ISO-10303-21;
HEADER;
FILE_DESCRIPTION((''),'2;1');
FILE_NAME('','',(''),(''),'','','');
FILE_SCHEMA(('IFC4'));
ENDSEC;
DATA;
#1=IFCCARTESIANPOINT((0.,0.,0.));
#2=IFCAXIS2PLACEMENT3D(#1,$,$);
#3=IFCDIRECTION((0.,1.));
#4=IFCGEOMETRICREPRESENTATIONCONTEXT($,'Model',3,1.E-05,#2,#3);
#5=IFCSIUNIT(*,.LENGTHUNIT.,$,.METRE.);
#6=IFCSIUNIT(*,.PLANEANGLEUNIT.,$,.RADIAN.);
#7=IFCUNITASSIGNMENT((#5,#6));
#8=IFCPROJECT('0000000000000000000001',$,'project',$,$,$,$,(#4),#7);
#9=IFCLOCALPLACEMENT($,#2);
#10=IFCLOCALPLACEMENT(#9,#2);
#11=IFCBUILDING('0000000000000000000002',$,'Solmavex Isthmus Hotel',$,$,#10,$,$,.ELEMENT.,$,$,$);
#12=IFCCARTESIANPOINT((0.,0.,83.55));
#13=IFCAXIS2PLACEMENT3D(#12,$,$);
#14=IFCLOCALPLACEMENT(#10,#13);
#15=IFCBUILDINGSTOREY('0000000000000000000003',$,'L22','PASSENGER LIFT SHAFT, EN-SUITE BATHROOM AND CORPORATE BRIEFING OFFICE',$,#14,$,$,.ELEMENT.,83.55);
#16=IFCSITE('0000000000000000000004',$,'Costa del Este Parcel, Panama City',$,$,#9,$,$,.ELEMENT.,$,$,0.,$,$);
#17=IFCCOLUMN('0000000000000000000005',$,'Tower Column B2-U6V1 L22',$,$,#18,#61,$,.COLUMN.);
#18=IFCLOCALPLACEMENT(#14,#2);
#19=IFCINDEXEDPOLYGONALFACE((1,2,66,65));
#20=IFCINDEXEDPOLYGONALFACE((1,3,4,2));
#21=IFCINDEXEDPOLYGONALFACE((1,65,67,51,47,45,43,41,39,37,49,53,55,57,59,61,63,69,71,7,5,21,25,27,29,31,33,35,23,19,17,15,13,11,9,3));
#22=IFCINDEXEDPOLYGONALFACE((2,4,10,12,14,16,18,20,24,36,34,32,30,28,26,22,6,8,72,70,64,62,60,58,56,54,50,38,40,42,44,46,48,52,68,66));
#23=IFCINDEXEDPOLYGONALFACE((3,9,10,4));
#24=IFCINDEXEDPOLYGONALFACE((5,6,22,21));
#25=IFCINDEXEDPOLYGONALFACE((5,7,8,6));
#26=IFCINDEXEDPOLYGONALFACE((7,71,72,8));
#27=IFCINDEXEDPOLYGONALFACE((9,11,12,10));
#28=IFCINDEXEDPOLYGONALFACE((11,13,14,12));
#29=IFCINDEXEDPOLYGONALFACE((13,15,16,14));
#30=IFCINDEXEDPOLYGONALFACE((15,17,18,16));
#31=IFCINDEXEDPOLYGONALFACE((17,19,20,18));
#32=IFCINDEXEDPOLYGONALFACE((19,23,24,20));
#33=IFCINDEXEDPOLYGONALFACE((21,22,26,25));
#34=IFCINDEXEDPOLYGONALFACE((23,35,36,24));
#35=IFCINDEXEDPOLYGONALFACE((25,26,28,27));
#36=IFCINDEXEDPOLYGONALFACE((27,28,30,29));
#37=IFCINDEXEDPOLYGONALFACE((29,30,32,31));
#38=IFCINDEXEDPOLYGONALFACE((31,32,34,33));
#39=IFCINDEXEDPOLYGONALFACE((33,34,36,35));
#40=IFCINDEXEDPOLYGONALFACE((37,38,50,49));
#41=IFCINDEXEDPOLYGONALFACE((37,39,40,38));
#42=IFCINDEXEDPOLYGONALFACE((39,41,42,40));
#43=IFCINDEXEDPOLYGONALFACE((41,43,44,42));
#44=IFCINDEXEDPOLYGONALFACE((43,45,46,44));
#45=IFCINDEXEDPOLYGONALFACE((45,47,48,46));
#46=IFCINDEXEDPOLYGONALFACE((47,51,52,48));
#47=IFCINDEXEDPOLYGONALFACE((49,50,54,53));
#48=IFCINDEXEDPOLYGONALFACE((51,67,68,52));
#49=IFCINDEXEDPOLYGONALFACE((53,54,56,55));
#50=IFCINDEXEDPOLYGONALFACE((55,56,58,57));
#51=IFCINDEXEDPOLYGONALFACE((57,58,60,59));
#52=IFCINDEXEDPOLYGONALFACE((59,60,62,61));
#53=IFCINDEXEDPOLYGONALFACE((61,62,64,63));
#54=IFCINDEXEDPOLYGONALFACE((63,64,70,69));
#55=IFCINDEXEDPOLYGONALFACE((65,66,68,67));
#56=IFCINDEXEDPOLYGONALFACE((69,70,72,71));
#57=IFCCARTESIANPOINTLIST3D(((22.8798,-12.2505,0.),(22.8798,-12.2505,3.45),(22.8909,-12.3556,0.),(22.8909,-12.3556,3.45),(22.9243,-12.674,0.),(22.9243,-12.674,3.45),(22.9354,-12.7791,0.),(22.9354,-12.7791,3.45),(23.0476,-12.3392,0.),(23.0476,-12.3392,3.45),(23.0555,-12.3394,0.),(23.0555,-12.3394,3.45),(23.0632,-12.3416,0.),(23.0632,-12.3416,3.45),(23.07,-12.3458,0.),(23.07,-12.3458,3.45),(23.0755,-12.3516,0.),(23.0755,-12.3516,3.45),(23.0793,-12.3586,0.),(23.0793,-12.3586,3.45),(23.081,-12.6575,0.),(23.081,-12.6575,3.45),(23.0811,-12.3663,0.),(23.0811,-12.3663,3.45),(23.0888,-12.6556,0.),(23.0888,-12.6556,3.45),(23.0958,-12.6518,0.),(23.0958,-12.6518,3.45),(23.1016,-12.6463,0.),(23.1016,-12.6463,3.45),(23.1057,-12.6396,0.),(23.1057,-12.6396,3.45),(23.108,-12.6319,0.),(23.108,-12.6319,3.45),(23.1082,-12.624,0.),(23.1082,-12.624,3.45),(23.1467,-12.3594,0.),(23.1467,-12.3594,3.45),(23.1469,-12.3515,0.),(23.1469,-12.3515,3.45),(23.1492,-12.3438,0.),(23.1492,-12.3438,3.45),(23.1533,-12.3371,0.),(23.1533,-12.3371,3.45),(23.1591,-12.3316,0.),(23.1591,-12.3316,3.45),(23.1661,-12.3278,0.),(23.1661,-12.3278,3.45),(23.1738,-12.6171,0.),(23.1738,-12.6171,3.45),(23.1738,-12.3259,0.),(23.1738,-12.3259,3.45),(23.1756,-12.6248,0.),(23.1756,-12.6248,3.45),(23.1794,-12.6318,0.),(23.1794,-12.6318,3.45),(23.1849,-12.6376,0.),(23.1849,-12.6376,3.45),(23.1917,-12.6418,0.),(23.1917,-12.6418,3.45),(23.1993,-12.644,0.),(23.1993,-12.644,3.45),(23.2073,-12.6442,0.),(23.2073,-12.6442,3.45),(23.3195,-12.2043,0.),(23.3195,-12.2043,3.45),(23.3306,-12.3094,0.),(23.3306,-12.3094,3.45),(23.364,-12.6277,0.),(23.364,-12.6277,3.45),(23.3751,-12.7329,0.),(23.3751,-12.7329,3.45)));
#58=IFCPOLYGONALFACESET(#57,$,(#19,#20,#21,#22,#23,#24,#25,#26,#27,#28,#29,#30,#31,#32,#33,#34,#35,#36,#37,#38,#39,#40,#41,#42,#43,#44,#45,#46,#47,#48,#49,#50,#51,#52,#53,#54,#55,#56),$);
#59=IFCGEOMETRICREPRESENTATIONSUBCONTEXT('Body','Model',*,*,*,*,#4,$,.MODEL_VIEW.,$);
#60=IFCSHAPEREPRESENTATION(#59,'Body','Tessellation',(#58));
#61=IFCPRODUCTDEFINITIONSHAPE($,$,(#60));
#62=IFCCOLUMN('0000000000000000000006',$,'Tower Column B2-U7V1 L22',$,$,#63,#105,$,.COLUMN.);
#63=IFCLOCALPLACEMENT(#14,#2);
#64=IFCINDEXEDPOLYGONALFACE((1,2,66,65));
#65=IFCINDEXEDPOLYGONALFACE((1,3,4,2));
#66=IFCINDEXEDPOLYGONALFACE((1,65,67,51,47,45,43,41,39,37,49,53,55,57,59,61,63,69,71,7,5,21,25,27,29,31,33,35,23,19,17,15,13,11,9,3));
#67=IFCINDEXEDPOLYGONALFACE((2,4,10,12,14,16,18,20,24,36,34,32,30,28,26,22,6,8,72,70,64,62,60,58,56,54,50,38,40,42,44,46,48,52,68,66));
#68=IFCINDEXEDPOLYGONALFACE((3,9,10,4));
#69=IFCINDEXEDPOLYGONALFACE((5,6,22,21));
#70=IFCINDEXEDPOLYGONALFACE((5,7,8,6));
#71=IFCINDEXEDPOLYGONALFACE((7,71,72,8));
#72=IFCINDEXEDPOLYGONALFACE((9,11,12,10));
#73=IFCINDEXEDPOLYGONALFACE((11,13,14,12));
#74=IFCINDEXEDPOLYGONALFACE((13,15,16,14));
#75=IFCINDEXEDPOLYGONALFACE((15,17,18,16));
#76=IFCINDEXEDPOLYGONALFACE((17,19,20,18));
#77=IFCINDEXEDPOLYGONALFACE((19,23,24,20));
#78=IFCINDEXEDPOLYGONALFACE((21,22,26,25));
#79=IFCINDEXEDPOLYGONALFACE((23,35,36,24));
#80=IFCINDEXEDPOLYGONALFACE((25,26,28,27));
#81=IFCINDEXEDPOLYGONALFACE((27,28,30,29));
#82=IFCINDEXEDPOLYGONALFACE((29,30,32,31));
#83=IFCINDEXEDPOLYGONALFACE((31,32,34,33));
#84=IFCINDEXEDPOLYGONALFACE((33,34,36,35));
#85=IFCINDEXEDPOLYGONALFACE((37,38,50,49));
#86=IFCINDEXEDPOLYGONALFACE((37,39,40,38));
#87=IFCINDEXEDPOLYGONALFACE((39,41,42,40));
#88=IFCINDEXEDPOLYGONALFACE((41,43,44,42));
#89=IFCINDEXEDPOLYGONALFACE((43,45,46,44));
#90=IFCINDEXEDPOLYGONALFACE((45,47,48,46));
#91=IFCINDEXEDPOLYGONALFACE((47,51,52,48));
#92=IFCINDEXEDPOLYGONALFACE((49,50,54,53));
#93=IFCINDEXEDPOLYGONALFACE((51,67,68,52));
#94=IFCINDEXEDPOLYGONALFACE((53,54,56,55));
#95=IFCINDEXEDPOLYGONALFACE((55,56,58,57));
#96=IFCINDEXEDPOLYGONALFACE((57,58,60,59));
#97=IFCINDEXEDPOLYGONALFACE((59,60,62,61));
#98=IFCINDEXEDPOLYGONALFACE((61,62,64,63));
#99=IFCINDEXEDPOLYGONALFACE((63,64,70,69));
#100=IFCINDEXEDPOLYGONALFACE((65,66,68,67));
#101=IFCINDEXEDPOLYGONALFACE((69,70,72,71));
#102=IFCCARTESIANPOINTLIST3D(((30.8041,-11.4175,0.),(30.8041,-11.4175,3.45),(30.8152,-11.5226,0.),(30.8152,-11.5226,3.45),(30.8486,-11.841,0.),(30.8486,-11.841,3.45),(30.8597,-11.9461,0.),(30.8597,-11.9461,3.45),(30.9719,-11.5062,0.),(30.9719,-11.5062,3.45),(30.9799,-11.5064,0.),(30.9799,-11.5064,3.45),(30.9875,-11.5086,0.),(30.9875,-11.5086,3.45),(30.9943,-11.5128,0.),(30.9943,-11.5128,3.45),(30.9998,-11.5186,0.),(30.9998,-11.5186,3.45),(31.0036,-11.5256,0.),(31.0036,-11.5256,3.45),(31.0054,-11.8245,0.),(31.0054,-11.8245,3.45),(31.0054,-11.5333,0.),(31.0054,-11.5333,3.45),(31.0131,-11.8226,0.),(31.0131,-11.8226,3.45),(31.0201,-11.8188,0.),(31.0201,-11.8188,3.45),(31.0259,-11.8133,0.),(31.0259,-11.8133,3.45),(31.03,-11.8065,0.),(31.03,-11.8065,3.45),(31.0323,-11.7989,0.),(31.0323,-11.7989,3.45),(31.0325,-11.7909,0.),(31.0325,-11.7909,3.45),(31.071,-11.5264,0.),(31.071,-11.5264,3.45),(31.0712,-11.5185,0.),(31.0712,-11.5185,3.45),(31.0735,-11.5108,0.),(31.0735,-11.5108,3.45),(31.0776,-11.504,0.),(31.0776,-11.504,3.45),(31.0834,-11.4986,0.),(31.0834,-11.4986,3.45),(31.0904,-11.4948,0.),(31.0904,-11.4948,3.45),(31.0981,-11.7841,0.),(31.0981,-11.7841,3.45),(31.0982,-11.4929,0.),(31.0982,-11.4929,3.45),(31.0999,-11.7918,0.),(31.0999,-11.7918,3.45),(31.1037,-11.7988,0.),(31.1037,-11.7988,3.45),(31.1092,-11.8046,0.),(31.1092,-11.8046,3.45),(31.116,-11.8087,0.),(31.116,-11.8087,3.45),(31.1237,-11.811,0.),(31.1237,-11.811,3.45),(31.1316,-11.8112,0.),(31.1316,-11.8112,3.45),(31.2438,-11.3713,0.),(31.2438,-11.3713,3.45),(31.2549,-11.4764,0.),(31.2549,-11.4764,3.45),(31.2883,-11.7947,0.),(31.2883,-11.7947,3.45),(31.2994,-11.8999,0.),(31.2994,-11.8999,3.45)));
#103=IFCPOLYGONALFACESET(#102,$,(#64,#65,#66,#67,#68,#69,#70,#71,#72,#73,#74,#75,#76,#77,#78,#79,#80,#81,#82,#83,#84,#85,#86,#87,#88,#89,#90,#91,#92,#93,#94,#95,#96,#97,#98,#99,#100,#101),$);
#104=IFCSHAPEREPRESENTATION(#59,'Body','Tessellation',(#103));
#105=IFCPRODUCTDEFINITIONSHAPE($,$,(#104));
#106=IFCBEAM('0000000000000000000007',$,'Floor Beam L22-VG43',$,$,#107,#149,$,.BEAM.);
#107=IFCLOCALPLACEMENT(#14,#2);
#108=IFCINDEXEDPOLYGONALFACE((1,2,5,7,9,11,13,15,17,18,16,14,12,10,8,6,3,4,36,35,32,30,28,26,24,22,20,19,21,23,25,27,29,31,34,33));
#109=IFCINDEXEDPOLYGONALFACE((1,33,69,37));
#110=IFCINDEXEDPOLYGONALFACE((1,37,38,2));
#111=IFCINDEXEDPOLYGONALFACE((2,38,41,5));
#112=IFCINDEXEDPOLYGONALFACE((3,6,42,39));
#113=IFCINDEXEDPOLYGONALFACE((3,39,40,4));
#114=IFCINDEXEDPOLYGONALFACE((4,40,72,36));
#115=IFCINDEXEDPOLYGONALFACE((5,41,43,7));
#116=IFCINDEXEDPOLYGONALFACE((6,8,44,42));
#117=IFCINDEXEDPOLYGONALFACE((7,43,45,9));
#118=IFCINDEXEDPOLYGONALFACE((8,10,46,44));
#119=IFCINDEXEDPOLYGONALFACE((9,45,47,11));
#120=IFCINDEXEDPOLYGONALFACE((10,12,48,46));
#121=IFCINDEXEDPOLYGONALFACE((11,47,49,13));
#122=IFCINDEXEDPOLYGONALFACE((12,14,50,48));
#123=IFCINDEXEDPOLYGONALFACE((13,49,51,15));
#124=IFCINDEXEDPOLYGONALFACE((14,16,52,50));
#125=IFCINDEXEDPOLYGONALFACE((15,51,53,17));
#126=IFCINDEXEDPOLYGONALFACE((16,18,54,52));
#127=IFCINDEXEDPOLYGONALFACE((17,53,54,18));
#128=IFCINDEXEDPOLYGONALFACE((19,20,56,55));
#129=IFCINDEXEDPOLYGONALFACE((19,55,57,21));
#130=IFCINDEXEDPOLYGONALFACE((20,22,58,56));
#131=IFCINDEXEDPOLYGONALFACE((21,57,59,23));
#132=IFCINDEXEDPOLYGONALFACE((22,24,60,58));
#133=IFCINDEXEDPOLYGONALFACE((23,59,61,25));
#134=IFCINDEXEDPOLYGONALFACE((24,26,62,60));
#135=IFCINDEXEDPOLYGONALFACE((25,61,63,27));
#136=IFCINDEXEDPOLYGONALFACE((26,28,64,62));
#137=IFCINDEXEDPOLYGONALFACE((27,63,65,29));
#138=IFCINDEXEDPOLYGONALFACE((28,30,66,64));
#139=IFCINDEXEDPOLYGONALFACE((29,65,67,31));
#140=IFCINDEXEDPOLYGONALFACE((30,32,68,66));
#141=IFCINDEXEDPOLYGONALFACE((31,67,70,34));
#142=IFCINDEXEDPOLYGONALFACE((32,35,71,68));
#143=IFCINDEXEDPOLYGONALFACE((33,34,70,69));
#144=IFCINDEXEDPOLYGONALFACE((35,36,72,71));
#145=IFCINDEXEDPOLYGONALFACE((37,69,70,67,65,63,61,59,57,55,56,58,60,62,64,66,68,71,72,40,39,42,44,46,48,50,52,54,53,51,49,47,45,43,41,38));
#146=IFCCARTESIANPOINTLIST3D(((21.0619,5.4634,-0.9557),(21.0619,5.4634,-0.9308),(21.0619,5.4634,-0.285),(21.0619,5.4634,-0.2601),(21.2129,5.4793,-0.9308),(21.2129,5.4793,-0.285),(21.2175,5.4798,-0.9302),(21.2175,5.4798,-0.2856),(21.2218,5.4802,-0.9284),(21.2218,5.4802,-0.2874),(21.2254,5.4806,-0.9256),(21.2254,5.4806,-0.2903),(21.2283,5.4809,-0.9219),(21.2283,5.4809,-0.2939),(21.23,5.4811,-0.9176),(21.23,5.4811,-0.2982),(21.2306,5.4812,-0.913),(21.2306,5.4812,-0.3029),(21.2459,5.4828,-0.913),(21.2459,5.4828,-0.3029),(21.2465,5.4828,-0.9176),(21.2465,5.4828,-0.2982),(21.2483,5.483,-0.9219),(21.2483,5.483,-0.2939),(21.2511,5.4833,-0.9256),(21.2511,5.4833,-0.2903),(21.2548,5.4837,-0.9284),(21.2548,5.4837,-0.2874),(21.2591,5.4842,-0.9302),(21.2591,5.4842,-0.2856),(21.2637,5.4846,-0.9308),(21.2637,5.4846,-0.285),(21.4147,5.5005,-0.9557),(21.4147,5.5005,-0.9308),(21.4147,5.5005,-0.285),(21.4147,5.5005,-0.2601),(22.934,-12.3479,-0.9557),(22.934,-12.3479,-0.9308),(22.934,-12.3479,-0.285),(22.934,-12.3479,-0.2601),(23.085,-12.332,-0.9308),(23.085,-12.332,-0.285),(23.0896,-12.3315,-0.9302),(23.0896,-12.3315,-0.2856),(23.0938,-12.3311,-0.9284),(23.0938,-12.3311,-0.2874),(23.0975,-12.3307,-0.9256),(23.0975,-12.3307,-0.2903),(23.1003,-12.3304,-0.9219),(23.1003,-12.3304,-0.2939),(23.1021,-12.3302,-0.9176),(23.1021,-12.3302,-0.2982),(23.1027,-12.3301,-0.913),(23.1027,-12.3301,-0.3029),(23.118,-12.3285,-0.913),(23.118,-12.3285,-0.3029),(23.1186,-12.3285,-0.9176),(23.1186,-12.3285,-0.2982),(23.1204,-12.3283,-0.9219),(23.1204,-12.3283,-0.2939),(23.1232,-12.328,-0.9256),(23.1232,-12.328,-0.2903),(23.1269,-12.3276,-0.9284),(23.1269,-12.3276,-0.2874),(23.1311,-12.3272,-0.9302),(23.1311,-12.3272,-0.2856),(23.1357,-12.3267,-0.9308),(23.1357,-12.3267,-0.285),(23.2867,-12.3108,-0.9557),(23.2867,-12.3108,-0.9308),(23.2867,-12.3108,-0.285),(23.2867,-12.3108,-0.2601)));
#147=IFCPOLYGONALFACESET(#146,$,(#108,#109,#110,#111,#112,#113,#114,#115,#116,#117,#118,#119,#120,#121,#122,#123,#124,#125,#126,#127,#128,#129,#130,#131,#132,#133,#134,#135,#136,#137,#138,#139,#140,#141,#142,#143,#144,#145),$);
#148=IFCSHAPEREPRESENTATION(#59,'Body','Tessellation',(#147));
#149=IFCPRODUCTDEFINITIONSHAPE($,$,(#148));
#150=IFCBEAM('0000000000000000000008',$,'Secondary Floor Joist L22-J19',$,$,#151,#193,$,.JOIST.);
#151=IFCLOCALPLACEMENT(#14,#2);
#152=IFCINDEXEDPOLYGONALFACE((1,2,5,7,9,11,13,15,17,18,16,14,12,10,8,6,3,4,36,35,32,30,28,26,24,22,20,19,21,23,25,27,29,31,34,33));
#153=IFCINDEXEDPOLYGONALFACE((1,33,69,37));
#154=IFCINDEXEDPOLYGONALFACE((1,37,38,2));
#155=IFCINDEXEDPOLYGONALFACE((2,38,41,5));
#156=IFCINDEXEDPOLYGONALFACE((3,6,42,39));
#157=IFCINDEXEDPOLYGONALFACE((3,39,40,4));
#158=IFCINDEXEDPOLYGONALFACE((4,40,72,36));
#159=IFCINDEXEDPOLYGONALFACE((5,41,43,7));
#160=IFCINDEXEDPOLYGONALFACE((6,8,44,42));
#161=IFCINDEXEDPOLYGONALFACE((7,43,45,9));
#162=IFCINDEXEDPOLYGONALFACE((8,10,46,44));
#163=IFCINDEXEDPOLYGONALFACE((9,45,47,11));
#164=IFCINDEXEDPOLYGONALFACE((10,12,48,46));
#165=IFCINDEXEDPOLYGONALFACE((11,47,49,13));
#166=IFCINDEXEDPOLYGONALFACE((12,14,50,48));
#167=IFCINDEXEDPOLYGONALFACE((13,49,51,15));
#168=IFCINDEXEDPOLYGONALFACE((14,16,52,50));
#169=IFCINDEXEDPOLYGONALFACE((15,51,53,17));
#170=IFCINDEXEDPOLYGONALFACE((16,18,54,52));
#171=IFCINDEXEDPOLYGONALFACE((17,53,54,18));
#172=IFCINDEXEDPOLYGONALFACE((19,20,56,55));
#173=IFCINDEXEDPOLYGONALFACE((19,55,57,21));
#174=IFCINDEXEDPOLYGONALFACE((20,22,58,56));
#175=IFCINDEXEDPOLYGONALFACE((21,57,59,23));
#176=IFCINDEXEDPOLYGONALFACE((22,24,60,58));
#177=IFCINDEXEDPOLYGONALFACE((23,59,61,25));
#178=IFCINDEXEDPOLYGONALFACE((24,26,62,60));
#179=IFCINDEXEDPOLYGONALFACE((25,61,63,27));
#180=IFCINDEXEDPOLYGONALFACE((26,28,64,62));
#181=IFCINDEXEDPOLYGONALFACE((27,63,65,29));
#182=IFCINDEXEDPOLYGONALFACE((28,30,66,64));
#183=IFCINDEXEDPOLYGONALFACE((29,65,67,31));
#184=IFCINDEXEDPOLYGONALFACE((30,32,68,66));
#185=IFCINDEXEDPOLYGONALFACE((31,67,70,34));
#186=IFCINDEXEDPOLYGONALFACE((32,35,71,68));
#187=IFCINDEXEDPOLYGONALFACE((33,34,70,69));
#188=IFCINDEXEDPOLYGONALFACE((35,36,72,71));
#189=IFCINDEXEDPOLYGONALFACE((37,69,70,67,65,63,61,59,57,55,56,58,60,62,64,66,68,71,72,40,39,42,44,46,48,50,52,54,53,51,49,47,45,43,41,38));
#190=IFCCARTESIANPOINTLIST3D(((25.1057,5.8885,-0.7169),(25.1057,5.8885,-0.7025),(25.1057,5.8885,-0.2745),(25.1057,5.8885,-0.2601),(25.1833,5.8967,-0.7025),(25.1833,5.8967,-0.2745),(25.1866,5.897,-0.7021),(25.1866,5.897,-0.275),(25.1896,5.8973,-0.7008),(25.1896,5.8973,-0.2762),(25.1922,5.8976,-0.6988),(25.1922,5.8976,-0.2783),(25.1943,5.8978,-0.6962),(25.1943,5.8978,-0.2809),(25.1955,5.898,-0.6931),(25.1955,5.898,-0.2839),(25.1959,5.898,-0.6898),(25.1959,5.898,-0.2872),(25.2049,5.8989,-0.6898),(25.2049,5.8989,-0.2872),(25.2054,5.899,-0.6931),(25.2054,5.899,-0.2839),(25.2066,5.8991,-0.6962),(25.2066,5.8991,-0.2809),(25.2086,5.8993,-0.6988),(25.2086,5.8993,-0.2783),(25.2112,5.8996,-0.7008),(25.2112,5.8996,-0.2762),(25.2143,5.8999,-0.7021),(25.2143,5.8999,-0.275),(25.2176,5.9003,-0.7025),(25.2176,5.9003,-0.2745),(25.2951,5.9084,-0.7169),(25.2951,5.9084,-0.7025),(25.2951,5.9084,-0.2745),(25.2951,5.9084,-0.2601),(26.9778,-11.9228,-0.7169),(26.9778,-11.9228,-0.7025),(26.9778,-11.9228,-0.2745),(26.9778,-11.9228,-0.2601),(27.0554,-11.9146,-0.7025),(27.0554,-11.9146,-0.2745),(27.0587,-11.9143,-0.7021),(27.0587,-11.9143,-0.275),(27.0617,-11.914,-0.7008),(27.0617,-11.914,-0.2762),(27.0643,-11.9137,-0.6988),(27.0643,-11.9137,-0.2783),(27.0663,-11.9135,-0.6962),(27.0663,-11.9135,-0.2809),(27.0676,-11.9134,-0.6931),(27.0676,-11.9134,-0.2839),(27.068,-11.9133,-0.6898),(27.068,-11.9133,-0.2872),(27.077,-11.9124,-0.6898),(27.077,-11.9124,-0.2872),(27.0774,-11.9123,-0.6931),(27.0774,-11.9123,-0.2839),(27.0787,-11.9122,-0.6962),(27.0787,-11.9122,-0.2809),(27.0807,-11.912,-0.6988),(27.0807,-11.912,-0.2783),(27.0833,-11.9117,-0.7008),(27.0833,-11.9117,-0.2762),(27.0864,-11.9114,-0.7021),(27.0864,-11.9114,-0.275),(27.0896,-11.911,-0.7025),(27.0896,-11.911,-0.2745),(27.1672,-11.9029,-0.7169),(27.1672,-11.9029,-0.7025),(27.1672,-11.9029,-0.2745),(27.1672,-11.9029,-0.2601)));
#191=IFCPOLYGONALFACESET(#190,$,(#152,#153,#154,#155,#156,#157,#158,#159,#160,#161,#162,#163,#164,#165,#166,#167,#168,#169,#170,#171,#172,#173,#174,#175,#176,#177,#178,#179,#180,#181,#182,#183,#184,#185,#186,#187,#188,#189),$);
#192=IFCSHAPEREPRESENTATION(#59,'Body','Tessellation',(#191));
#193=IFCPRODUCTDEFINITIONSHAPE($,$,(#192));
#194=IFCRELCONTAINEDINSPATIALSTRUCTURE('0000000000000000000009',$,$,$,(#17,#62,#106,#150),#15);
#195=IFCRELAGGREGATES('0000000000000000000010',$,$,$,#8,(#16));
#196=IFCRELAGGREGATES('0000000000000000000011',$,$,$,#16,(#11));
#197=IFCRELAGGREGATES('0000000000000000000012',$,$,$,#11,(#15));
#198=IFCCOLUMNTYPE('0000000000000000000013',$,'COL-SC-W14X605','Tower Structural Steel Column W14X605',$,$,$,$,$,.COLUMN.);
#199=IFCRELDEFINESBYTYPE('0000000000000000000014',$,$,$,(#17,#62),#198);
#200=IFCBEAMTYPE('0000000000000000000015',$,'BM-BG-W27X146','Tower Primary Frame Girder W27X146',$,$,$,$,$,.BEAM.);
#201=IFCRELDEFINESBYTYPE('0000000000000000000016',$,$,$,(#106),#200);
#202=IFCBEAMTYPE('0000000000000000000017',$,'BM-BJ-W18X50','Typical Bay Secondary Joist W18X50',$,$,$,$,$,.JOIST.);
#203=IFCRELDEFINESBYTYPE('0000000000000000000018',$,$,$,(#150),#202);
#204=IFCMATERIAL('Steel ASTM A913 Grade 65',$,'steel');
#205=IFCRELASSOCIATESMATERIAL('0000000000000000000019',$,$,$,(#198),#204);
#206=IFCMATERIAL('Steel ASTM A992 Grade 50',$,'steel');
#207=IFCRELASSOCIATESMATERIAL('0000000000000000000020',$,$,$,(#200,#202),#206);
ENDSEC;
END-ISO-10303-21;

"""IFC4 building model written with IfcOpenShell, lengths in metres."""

from ifc_helpers import new_model, si_unit, direction, frame, origin, origin_2d, place, context, subcontext, project, spatial, i_section, extrude, material, material_profile, profile_set, type_object, element, save


model = new_model("IFC4")

# Units and contexts
model_context = context("Model", 3, precision=1e-05, world=origin(), true_north=direction((0.0, 1.0)))
body_context = subcontext(model_context, "Body", "Model", "MODEL_VIEW")
ifc_project = project(units=[si_unit("LENGTHUNIT", "METRE"), si_unit("PLANEANGLEUNIT", "RADIAN")], contexts=[model_context])

# Site, building, storey
site_placement = place(None, origin())
site = spatial("IfcSite", under=ifc_project, at=site_placement, Name="Costa del Este Parcel, Panama City", CompositionType="ELEMENT", RefElevation=0.0)
building_placement = place(site_placement, origin())
building = spatial("IfcBuilding", under=site, at=building_placement, Name="Solmavex Isthmus Hotel", CompositionType="ELEMENT")
storey_placement = place(building_placement, frame((0.0, 0.0, 83.55)))
storey = spatial("IfcBuildingStorey", under=building, at=storey_placement, Name="L22", Description="PASSENGER LIFT SHAFT, EN-SUITE BATHROOM AND CORPORATE BRIEFING OFFICE", CompositionType="ELEMENT", Elevation=83.55)

# Columns
ifc_material_1 = material(Name="Steel ASTM A913 Grade 65", Category="steel")
ifc_material_profile_1 = material_profile(ifc_material_1, i_section(OverallWidth=0.4421, OverallDepth=0.5315, WebThickness=0.0659, FlangeThickness=0.1057, FilletRadius=0.0305, at=origin_2d()), Name="W14X605")
ifc_profile_set_1 = profile_set([ifc_material_profile_1], Name="Steel ASTM A913 Grade 65")
column_type = type_object("IfcColumnType", Name="COL-SC-W14X605", Description="Tower Structural Steel Column W14X605", PredefinedType="COLUMN", material=ifc_profile_set_1)
for number, where, z_axis, x_axis, name in (
    (1, (23.1274, -12.4917, 0.0), (0.0, 0.0, 1.0), (0.994522, 0.104528, 0.0), "Tower Column B2-U6V1 L22"),
    (2, (31.0518, -11.6587, 0.0), (0.0, 0.0, 1.0), (0.994522, 0.104528, 0.0), "Tower Column B2-U7V1 L22"),
):
    element("IfcColumn", number, at=place(storey_placement, frame(where, z_axis=z_axis, x_axis=x_axis)), inside=storey, type_object=column_type, Name=name, PredefinedType="COLUMN", context=body_context, shape_type="SweptSolid", body=[
        extrude(i_section(OverallWidth=0.4421, OverallDepth=0.5315, WebThickness=0.0659, FlangeThickness=0.1057, FilletRadius=0.0305, at=origin_2d()), origin(), (0.0, 0.0, 1.0), 3.45),
    ])

# Beams
ifc_material_2 = material(Name="Steel ASTM A992 Grade 50", Category="steel")
ifc_material_profile_2 = material_profile(ifc_material_2, i_section(OverallWidth=0.3547, OverallDepth=0.6956, WebThickness=0.0154, FlangeThickness=0.0249, FilletRadius=0.0178, at=origin_2d()), Name="W27X146")
ifc_profile_set_2 = profile_set([ifc_material_profile_2], Name="Steel ASTM A992 Grade 50")
beam_type_1 = type_object("IfcBeamType", Name="BM-BG-W27X146", Description="Tower Primary Frame Girder W27X146", PredefinedType="BEAM", material=ifc_profile_set_2)
beam_1_placement = place(storey_placement, frame((23.1104, -12.3293, -0.6079), z_axis=(-0.10453, 0.994522, 0.0), x_axis=(-0.994522, -0.10453, 0.0)))
element("IfcBeam", 3, at=beam_1_placement, inside=storey, type_object=beam_type_1, Name="Floor Beam L22-VG43", PredefinedType="BEAM", context=body_context, shape_type="SweptSolid", body=[
    extrude(i_section(OverallWidth=0.3547, OverallDepth=0.6956, WebThickness=0.0154, FlangeThickness=0.0249, FilletRadius=0.0178, at=origin_2d()), origin(), (0.0, 0.0, 1.0), 17.9094),
])
ifc_material_profile_3 = material_profile(ifc_material_2, i_section(OverallWidth=0.1904, OverallDepth=0.4568, WebThickness=0.009, FlangeThickness=0.0144, FilletRadius=0.0127, at=origin_2d()), Name="W18X50")
ifc_profile_set_3 = profile_set([ifc_material_profile_3], Name="Steel ASTM A992 Grade 50")
beam_type_2 = type_object("IfcBeamType", Name="BM-BJ-W18X50", Description="Typical Bay Secondary Joist W18X50", PredefinedType="JOIST", material=ifc_profile_set_3)
beam_2_placement = place(storey_placement, frame((27.0725, -11.9128, -0.4885), z_axis=(-0.10453, 0.994522, 0.0), x_axis=(-0.994522, -0.10453, 0.0)))
element("IfcBeam", 4, at=beam_2_placement, inside=storey, type_object=beam_type_2, Name="Secondary Floor Joist L22-J19", PredefinedType="JOIST", context=body_context, shape_type="SweptSolid", body=[
    extrude(i_section(OverallWidth=0.1904, OverallDepth=0.4568, WebThickness=0.009, FlangeThickness=0.0144, FilletRadius=0.0127, at=origin_2d()), origin(), (0.0, 0.0, 1.0), 17.9094),
])

save(model, "model.ifc")
